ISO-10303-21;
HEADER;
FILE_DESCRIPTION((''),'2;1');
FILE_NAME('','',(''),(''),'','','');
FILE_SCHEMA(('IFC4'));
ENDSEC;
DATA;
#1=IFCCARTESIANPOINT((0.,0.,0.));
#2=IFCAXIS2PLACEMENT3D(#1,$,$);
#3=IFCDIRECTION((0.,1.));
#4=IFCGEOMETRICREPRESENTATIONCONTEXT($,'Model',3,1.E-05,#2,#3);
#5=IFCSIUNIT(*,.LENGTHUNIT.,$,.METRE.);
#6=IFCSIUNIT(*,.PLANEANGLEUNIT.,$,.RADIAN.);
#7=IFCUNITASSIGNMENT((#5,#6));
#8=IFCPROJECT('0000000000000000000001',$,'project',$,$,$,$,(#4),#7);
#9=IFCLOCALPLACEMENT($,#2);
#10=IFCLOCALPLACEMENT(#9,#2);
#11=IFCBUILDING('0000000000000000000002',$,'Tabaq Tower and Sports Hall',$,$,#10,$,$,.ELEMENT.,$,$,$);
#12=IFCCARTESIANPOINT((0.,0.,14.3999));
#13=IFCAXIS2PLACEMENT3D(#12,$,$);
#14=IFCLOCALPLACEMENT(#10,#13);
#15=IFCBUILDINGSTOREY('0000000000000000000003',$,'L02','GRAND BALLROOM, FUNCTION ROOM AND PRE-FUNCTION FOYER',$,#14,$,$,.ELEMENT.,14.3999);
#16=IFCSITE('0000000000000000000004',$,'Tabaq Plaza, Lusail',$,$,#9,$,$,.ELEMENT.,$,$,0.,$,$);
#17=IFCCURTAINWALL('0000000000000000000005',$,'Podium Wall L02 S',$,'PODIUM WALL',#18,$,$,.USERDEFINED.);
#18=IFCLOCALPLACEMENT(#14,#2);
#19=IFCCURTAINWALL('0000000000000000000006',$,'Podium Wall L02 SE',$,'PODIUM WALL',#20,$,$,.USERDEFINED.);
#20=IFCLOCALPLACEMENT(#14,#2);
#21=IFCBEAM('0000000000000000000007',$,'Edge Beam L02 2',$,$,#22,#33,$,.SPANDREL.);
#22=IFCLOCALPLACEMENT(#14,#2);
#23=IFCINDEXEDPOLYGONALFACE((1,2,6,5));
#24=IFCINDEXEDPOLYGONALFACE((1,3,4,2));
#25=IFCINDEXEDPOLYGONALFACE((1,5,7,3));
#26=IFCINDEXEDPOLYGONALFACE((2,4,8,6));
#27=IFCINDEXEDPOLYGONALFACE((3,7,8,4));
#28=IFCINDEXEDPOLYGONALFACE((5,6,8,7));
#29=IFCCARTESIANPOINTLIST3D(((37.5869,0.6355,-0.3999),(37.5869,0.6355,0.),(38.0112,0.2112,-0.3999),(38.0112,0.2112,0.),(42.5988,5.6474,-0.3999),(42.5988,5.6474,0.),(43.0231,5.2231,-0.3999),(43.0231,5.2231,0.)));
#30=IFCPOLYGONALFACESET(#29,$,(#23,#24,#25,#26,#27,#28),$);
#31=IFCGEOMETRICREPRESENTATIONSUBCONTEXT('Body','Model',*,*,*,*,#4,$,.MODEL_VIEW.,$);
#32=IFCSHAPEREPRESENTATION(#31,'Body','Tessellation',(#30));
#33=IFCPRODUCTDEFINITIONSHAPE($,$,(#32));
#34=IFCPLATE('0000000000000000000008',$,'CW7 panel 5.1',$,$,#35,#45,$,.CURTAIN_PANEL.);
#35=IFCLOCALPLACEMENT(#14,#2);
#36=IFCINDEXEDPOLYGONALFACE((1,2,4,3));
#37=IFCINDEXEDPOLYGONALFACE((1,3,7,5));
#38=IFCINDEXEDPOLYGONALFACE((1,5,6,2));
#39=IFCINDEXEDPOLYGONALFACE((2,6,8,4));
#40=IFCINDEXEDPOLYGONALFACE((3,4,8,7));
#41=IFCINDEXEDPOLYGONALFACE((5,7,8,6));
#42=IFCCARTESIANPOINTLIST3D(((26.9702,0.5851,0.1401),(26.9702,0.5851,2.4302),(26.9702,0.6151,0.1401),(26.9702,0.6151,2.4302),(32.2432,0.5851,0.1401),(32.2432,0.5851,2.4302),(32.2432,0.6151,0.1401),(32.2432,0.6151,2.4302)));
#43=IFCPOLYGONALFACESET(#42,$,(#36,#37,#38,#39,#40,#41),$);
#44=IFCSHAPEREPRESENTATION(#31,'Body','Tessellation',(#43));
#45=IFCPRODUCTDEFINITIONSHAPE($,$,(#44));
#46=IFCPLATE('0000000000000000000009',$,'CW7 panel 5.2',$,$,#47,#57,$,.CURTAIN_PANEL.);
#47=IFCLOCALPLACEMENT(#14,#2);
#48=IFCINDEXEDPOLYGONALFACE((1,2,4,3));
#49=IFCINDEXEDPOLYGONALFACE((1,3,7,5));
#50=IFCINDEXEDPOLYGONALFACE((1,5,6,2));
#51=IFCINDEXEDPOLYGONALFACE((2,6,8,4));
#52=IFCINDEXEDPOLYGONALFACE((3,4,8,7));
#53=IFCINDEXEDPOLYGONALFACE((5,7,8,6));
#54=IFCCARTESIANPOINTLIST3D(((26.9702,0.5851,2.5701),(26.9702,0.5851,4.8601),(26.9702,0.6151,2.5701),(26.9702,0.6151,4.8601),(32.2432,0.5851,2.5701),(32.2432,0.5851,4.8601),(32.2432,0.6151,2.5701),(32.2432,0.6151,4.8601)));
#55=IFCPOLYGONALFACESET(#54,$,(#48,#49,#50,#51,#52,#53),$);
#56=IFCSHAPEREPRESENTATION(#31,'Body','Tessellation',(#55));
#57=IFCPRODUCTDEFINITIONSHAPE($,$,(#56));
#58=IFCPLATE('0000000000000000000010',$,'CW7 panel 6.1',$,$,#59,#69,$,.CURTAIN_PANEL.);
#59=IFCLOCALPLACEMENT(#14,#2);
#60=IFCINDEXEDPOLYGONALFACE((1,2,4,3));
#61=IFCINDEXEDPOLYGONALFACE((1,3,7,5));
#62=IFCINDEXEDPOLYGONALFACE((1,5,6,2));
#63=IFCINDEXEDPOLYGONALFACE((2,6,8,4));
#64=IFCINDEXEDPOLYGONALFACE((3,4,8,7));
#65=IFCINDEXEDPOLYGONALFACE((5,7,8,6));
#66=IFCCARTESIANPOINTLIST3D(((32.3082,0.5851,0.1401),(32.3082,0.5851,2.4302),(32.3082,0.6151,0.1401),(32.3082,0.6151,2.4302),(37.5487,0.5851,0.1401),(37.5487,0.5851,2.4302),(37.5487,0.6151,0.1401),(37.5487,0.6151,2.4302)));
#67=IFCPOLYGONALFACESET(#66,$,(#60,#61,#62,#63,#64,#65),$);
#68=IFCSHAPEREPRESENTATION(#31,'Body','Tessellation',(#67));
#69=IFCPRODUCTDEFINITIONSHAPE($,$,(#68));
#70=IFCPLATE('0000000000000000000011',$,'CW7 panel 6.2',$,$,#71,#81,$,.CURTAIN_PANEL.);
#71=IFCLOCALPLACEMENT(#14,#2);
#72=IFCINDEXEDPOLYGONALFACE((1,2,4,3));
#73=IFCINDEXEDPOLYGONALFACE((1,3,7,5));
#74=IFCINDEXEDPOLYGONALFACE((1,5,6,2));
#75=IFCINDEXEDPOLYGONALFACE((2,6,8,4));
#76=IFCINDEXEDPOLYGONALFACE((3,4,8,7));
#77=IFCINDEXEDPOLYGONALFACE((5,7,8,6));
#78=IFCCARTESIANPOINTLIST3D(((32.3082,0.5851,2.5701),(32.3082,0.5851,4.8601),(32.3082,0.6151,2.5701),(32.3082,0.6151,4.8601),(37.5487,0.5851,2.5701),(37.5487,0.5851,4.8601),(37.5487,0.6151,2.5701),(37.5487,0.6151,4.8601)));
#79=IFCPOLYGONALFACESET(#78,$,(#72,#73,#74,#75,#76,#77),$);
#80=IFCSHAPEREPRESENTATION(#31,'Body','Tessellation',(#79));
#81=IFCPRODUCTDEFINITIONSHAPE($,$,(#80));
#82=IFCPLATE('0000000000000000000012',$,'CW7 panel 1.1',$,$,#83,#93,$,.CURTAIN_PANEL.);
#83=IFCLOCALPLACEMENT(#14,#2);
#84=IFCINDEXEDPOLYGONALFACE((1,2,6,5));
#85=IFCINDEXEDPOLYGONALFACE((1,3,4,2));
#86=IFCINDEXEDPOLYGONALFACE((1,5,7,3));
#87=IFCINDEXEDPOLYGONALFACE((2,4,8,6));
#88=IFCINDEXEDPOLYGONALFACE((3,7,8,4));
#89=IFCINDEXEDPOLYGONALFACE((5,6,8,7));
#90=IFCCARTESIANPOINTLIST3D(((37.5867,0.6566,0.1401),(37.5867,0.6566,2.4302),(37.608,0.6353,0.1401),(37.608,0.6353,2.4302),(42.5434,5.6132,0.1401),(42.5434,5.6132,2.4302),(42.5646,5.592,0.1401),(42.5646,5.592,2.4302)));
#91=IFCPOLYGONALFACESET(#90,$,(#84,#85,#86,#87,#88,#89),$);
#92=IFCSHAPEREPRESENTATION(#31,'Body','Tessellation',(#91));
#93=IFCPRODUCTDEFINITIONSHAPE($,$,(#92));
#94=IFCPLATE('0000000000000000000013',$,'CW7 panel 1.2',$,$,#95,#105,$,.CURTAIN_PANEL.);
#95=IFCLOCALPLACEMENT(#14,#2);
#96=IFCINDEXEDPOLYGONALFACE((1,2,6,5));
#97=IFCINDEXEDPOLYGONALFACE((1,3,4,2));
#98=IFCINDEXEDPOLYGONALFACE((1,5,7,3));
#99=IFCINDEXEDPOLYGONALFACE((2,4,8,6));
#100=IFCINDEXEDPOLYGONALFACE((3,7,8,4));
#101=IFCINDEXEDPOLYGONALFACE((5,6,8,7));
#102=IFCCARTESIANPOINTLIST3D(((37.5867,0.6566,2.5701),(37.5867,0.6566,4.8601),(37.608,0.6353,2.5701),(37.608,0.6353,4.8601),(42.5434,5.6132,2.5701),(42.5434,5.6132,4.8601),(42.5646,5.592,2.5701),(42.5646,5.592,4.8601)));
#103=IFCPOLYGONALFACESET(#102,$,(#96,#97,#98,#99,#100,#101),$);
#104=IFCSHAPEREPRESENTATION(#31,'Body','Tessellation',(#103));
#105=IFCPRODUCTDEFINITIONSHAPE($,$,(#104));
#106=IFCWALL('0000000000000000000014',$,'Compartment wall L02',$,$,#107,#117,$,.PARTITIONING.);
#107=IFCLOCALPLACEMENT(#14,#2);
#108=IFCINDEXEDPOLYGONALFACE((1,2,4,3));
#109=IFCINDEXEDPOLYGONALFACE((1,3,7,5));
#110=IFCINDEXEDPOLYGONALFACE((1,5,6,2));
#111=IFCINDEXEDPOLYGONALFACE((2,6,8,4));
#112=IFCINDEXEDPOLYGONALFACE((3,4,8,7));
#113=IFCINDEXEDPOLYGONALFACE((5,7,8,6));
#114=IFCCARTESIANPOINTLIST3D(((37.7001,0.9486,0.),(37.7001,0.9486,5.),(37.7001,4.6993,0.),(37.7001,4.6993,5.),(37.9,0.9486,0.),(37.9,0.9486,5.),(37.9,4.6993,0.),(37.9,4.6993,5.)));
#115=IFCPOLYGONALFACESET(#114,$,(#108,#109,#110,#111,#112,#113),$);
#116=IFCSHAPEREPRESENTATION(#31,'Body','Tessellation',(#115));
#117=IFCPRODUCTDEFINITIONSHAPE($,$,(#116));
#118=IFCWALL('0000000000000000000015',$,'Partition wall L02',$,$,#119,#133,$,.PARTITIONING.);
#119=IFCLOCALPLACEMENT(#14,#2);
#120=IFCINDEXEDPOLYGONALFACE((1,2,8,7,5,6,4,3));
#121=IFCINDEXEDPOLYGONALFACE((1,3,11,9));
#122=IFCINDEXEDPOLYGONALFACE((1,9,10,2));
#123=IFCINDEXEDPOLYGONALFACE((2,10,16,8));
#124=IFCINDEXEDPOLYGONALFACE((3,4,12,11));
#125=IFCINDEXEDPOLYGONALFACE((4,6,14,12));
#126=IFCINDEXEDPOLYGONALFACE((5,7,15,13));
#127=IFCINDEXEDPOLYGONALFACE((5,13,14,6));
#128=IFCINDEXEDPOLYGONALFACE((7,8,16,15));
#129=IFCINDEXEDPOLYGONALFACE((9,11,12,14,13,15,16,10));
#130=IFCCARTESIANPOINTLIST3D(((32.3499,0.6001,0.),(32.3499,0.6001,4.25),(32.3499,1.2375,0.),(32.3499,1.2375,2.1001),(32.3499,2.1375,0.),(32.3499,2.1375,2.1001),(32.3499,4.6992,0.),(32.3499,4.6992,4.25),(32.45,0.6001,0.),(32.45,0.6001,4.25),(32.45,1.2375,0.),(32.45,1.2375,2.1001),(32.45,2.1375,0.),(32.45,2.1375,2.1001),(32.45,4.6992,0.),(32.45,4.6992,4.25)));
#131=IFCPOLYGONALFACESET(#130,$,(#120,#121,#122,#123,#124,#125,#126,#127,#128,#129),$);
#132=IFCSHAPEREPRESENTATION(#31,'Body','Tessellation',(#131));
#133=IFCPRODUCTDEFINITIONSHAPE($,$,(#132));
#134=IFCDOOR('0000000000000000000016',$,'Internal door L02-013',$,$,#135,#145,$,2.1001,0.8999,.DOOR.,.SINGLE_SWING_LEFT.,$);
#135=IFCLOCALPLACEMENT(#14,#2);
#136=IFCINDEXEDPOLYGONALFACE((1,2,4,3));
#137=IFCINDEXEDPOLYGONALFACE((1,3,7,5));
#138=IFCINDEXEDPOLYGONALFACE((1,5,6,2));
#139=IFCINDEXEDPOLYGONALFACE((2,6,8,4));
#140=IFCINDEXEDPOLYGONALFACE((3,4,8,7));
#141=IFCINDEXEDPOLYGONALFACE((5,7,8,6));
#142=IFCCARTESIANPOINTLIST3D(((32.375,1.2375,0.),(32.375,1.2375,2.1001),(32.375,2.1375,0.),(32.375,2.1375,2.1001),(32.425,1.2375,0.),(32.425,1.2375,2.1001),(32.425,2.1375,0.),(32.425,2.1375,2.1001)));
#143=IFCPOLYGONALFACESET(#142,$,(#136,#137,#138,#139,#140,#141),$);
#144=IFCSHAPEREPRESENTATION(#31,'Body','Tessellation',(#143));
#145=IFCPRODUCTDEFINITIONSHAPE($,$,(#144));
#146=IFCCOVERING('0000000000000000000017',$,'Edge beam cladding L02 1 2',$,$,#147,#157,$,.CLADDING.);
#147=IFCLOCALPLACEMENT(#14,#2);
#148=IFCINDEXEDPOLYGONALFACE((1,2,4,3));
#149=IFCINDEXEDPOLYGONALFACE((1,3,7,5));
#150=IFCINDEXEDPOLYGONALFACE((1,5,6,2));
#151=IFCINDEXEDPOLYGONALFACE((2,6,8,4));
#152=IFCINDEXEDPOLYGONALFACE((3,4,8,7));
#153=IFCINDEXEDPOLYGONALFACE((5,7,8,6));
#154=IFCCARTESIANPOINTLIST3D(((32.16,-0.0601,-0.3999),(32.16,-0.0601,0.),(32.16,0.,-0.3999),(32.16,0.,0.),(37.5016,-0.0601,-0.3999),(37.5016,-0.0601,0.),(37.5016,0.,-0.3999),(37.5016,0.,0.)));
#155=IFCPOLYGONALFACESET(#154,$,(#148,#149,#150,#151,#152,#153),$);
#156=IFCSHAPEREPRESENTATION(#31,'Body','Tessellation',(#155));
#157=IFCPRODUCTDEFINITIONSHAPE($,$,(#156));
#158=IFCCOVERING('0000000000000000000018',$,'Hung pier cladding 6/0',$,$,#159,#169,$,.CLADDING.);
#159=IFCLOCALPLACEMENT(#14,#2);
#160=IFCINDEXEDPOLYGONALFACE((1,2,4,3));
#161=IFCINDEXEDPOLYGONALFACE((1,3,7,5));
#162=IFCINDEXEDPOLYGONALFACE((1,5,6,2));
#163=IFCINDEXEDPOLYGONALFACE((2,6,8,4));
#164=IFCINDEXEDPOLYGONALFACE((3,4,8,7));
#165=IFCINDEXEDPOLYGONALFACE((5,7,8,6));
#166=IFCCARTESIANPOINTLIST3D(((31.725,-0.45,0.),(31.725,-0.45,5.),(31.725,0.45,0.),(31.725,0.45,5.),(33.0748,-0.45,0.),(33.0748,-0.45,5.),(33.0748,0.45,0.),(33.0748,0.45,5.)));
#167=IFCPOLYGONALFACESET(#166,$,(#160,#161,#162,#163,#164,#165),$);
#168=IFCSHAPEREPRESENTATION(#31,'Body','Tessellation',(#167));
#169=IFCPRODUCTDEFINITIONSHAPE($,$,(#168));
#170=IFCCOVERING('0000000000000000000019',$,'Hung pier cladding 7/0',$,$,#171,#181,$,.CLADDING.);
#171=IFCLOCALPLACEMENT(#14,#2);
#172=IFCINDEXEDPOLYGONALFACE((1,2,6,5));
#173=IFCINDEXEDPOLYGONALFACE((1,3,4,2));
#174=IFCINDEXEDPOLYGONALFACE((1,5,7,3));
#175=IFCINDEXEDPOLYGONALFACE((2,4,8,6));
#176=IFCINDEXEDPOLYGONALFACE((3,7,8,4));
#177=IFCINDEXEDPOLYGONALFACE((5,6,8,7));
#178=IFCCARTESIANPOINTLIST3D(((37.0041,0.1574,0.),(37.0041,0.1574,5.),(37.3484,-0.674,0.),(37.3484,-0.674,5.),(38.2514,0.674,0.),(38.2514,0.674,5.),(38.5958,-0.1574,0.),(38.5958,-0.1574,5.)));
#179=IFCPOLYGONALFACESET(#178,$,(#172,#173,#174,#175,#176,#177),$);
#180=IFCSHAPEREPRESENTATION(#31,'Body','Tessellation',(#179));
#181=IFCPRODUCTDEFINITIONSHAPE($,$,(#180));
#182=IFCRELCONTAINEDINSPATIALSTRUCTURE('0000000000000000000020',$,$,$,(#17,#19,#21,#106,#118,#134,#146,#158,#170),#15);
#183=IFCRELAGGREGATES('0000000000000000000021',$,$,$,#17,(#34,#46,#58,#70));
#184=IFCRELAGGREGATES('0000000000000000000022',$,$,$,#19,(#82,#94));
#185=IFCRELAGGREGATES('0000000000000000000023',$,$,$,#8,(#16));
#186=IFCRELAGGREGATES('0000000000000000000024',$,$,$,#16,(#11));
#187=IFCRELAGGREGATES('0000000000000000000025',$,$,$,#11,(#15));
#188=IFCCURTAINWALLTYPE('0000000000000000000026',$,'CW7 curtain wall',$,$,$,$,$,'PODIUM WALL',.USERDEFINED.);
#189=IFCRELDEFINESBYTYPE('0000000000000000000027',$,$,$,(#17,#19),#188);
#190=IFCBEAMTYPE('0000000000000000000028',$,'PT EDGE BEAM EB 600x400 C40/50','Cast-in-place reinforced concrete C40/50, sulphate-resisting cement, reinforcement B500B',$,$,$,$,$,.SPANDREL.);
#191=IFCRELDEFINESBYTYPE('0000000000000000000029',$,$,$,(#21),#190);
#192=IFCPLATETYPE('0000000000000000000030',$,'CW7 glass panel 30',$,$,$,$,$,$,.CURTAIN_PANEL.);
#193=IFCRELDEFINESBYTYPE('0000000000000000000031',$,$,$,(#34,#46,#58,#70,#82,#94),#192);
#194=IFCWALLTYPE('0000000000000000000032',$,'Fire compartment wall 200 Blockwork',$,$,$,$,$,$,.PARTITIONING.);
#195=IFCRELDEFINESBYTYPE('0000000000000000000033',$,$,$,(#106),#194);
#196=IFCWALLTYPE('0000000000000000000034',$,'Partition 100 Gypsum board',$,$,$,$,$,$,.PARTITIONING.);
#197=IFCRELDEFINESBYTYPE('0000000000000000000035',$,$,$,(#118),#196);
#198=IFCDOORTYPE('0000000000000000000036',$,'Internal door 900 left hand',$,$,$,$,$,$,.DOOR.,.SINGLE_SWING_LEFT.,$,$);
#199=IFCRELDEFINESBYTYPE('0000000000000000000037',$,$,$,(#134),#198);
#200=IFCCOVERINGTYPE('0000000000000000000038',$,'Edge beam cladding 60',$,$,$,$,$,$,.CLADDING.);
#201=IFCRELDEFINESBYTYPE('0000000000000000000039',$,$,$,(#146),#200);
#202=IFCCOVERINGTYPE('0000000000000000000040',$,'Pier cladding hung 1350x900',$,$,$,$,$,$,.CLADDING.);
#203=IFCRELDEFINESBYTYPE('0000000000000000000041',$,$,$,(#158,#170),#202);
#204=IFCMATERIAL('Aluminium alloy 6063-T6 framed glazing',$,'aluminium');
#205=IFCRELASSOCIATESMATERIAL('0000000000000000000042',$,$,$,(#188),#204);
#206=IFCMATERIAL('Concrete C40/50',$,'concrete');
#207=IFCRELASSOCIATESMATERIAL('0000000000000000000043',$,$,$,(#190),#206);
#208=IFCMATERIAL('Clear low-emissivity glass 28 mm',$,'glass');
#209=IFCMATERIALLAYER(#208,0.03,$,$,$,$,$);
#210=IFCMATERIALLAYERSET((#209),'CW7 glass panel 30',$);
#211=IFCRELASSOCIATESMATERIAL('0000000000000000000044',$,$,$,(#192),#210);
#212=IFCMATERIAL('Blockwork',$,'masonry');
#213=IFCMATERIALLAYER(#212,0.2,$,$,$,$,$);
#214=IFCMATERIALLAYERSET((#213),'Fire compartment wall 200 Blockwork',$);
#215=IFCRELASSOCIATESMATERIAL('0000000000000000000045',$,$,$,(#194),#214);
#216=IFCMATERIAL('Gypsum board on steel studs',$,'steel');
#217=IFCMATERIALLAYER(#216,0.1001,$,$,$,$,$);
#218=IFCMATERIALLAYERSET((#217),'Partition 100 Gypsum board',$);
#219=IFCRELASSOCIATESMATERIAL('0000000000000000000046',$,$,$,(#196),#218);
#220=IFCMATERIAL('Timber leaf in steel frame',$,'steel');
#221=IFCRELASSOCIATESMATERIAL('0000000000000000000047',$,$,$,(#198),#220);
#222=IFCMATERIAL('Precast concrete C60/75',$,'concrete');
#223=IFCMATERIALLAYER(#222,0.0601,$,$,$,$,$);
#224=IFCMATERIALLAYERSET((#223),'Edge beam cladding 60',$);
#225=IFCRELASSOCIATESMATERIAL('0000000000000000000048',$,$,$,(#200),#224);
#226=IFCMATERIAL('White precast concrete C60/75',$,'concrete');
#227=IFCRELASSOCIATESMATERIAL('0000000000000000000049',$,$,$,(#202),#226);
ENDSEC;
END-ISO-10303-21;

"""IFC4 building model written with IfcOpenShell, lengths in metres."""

from ifc_helpers import new_model, si_unit, direction, frame, frame_2d, origin, origin_2d, place, context, subcontext, project, spatial, rectangle, extrude, material, layer, layer_set, material_profile, profile_set, type_object, element, fill, aggregate, save


model = new_model("IFC4")

# Units and contexts
model_context = context("Model", 3, precision=1e-05, world=origin(), true_north=direction((0.0, 1.0)))
body_context = subcontext(model_context, "Body", "Model", "MODEL_VIEW")
ifc_project = project(units=[si_unit("LENGTHUNIT", "METRE"), si_unit("PLANEANGLEUNIT", "RADIAN")], contexts=[model_context])

# Site, building, storey
site_placement = place(None, origin())
site = spatial("IfcSite", under=ifc_project, at=site_placement, Name="Tabaq Plaza, Lusail", CompositionType="ELEMENT", RefElevation=0.0)
building_placement = place(site_placement, origin())
building = spatial("IfcBuilding", under=site, at=building_placement, Name="Tabaq Tower and Sports Hall", CompositionType="ELEMENT")
storey_placement = place(building_placement, frame((0.0, 0.0, 14.3999)))
storey = spatial("IfcBuildingStorey", under=building, at=storey_placement, Name="L02", Description="GRAND BALLROOM, FUNCTION ROOM AND PRE-FUNCTION FOYER", CompositionType="ELEMENT", Elevation=14.3999)

# Curtain wall
ifc_material_1 = material(Name="Aluminium alloy 6063-T6 framed glazing", Category="aluminium")
curtain_wall_type = type_object("IfcCurtainWallType", Name="CW7 curtain wall", ElementType="PODIUM WALL", PredefinedType="USERDEFINED", material=ifc_material_1)
curtain_wall_1_placement = place(storey_placement, origin())
curtain_wall_1 = element("IfcCurtainWall", 1, at=curtain_wall_1_placement, inside=storey, type_object=curtain_wall_type, Name="Podium Wall L02 S", ObjectType="PODIUM WALL", PredefinedType="USERDEFINED")

# Curtain wall
curtain_wall_2_placement = place(storey_placement, origin())
curtain_wall_2 = element("IfcCurtainWall", 2, at=curtain_wall_2_placement, inside=storey, type_object=curtain_wall_type, Name="Podium Wall L02 SE", ObjectType="PODIUM WALL", PredefinedType="USERDEFINED")

# Beam
ifc_material_2 = material(Name="Concrete C40/50", Category="concrete")
ifc_material_profile_1 = material_profile(ifc_material_2, rectangle(XDim=0.6001, YDim=0.3999, at=origin_2d()), Name="EB 600x400")
ifc_profile_set_1 = profile_set([ifc_material_profile_1], Name="Concrete C40/50")
beam_type_1 = type_object("IfcBeamType", Name="PT EDGE BEAM EB 600x400 C40/50", Description="Cast-in-place reinforced concrete C40/50, sulphate-resisting cement, reinforcement B500B", PredefinedType="SPANDREL", material=ifc_profile_set_1)
beam_1_placement = place(storey_placement, frame((37.7991, 0.4233, -0.2), z_axis=(0.707107, 0.707107, 0.0), x_axis=(-0.707107, 0.707107, 0.0)))
element("IfcBeam", 3, at=beam_1_placement, inside=storey, type_object=beam_type_1, Name="Edge Beam L02 2", PredefinedType="SPANDREL", context=body_context, shape_type="SweptSolid", body=[
    extrude(rectangle(XDim=0.6001, YDim=0.3999, at=origin_2d()), origin(), (0.0, 0.0, 1.0), 7.0879),
])

# Plates
ifc_material_3 = material(Name="Clear low-emissivity glass 28 mm", Category="glass")
ifc_layer_1 = layer(ifc_material_3, 0.03)
ifc_layer_set_1 = layer_set([ifc_layer_1], Name="CW7 glass panel 30")
plate_type = type_object("IfcPlateType", Name="CW7 glass panel 30", PredefinedType="CURTAIN_PANEL", material=ifc_layer_set_1)
plate_1_placement = place(storey_placement, frame((29.6067, 0.6001, 0.1401), z_axis=(0.0, 0.0, 1.0), x_axis=(1.0, 0.0, 0.0)))
plate_1 = element("IfcPlate", 4, at=plate_1_placement, type_object=plate_type, Name="CW7 panel 5.1", PredefinedType="CURTAIN_PANEL", context=body_context, shape_type="SweptSolid", body=[
    extrude(rectangle(XDim=5.2729, YDim=0.03, at=origin_2d()), origin(), (0.0, 0.0, 1.0), 2.29),
])
plate_2_placement = place(storey_placement, frame((29.6067, 0.6001, 2.5701), z_axis=(0.0, 0.0, 1.0), x_axis=(1.0, 0.0, 0.0)))
plate_2 = element("IfcPlate", 5, at=plate_2_placement, type_object=plate_type, Name="CW7 panel 5.2", PredefinedType="CURTAIN_PANEL", context=body_context, shape_type="SweptSolid", body=[
    extrude(rectangle(XDim=5.2729, YDim=0.03, at=origin_2d()), origin(), (0.0, 0.0, 1.0), 2.29),
])
plate_3_placement = place(storey_placement, frame((34.9285, 0.6001, 0.1401), z_axis=(0.0, 0.0, 1.0), x_axis=(1.0, 0.0, 0.0)))
plate_3 = element("IfcPlate", 6, at=plate_3_placement, type_object=plate_type, Name="CW7 panel 6.1", PredefinedType="CURTAIN_PANEL", context=body_context, shape_type="SweptSolid", body=[
    extrude(rectangle(XDim=5.2405, YDim=0.03, at=origin_2d()), origin(), (0.0, 0.0, 1.0), 2.29),
])
plate_4_placement = place(storey_placement, frame((34.9285, 0.6001, 2.5701), z_axis=(0.0, 0.0, 1.0), x_axis=(1.0, 0.0, 0.0)))
plate_4 = element("IfcPlate", 7, at=plate_4_placement, type_object=plate_type, Name="CW7 panel 6.2", PredefinedType="CURTAIN_PANEL", context=body_context, shape_type="SweptSolid", body=[
    extrude(rectangle(XDim=5.2405, YDim=0.03, at=origin_2d()), origin(), (0.0, 0.0, 1.0), 2.29),
])
aggregate(curtain_wall_1, [plate_1, plate_2, plate_3, plate_4])
plate_5_placement = place(storey_placement, frame((40.0757, 3.1243, 0.1401), z_axis=(0.0, 0.0, 1.0), x_axis=(0.707107, 0.707107, 0.0)))
plate_5 = element("IfcPlate", 8, at=plate_5_placement, type_object=plate_type, Name="CW7 panel 1.1", PredefinedType="CURTAIN_PANEL", context=body_context, shape_type="SweptSolid", body=[
    extrude(rectangle(XDim=7.0098, YDim=0.03, at=origin_2d()), origin(), (0.0, 0.0, 1.0), 2.29),
])
plate_6_placement = place(storey_placement, frame((40.0757, 3.1243, 2.5701), z_axis=(0.0, 0.0, 1.0), x_axis=(0.707107, 0.707107, 0.0)))
plate_6 = element("IfcPlate", 9, at=plate_6_placement, type_object=plate_type, Name="CW7 panel 1.2", PredefinedType="CURTAIN_PANEL", context=body_context, shape_type="SweptSolid", body=[
    extrude(rectangle(XDim=7.0098, YDim=0.03, at=origin_2d()), origin(), (0.0, 0.0, 1.0), 2.29),
])
aggregate(curtain_wall_2, [plate_5, plate_6])

# Wall
ifc_material_4 = material(Name="Blockwork", Category="masonry")
ifc_layer_2 = layer(ifc_material_4, 0.2)
ifc_layer_set_2 = layer_set([ifc_layer_2], Name="Fire compartment wall 200 Blockwork")
wall_type_1 = type_object("IfcWallType", Name="Fire compartment wall 200 Blockwork", PredefinedType="PARTITIONING", material=ifc_layer_set_2)
wall_1_placement = place(storey_placement, frame((37.8, 0.9485, 0.0), z_axis=(0.0, 0.0, 1.0), x_axis=(0.0, 1.0, 0.0)))
element("IfcWall", 10, at=wall_1_placement, inside=storey, type_object=wall_type_1, Name="Compartment wall L02", PredefinedType="PARTITIONING", context=body_context, shape_type="SweptSolid", body=[
    extrude(rectangle(XDim=3.7507, YDim=0.2, at=frame_2d((1.8755, 0.0))), origin(), (0.0, 0.0, 1.0), 5.0),
])

# Wall, opening, door
ifc_material_5 = material(Name="Gypsum board on steel studs", Category="steel")
ifc_layer_3 = layer(ifc_material_5, 0.1001)
ifc_layer_set_3 = layer_set([ifc_layer_3], Name="Partition 100 Gypsum board")
wall_type_2 = type_object("IfcWallType", Name="Partition 100 Gypsum board", PredefinedType="PARTITIONING", material=ifc_layer_set_3)
wall_2_placement = place(storey_placement, frame((32.3999, 0.6001, 0.0), z_axis=(0.0, 0.0, 1.0), x_axis=(0.0, 1.0, 0.0)))
wall_2 = element("IfcWall", 11, at=wall_2_placement, inside=storey, type_object=wall_type_2, Name="Partition wall L02", PredefinedType="PARTITIONING", context=body_context, shape_type="SweptSolid", body=[
    extrude(rectangle(XDim=4.0991, YDim=0.1001, at=frame_2d((2.0496, 0.0))), origin(), (0.0, 0.0, 1.0), 4.25),
])
opening_placement = place(wall_2_placement, frame((0.6375, 0.0, 0.0)))
opening = element("IfcOpeningElement", 12, at=opening_placement, cuts=wall_2, PredefinedType="OPENING", context=body_context, shape_type="SweptSolid", body=[
    extrude(rectangle(XDim=0.8999, YDim=2.1001, at=frame_2d((0.45, 1.05))), frame((0.0, 0.05, 0.0), z_axis=(0.0, -1.0, 0.0), x_axis=(1.0, 0.0, 0.0)), (0.0, 0.0, 1.0), 0.1001),
])
ifc_material_6 = material(Name="Timber leaf in steel frame", Category="steel")
door_type = type_object("IfcDoorType", Name="Internal door 900 left hand", OperationType="SINGLE_SWING_LEFT", PredefinedType="DOOR", material=ifc_material_6)
door_placement = place(opening_placement, origin())
door = element("IfcDoor", 13, at=door_placement, inside=storey, type_object=door_type, Name="Internal door L02-013", OperationType="SINGLE_SWING_LEFT", OverallHeight=2.1001, OverallWidth=0.8999, PredefinedType="DOOR", context=body_context, shape_type="SweptSolid", body=[
    extrude(rectangle(XDim=0.8999, YDim=2.1001, at=frame_2d((0.45, 1.05))), frame((0.0, 0.0249, 0.0), z_axis=(0.0, -1.0, 0.0), x_axis=(1.0, 0.0, 0.0)), (0.0, 0.0, 1.0), 0.05),
])
fill(opening, door)

# Coverings
ifc_material_7 = material(Name="Precast concrete C60/75", Category="concrete")
ifc_layer_4 = layer(ifc_material_7, 0.0601)
ifc_layer_set_4 = layer_set([ifc_layer_4], Name="Edge beam cladding 60")
covering_type_1 = type_object("IfcCoveringType", Name="Edge beam cladding 60", PredefinedType="CLADDING", material=ifc_layer_set_4)
covering_1_placement = place(storey_placement, frame((32.1599, -0.03, -0.3999), z_axis=(0.0, 0.0, 1.0), x_axis=(1.0, 0.0, 0.0)))
element("IfcCovering", 14, at=covering_1_placement, inside=storey, type_object=covering_type_1, Name="Edge beam cladding L02 1 2", PredefinedType="CLADDING", context=body_context, shape_type="SweptSolid", body=[
    extrude(rectangle(XDim=5.3416, YDim=0.0601, at=frame_2d((2.6709, 0.0))), origin(), (0.0, 0.0, 1.0), 0.3999),
])
ifc_material_8 = material(Name="White precast concrete C60/75", Category="concrete")
covering_type_2 = type_object("IfcCoveringType", Name="Pier cladding hung 1350x900", PredefinedType="CLADDING", material=ifc_material_8)
covering_2_placement = place(storey_placement, frame((31.7251, 0.0, 0.0), z_axis=(0.0, 0.0, 1.0), x_axis=(1.0, 0.0, 0.0)))
element("IfcCovering", 15, at=covering_2_placement, inside=storey, type_object=covering_type_2, Name="Hung pier cladding 6/0", PredefinedType="CLADDING", context=body_context, shape_type="SweptSolid", body=[
    extrude(rectangle(XDim=1.3499, YDim=0.8999, at=frame_2d((0.6748, 0.0))), origin(), (0.0, 0.0, 1.0), 5.0),
])
covering_3_placement = place(storey_placement, frame((37.1763, -0.2583, 0.0), z_axis=(0.0, 0.0, 1.0), x_axis=(0.923893, 0.38265, 0.0)))
element("IfcCovering", 16, at=covering_3_placement, inside=storey, type_object=covering_type_2, Name="Hung pier cladding 7/0", PredefinedType="CLADDING", context=body_context, shape_type="SweptSolid", body=[
    extrude(rectangle(XDim=1.3501, YDim=0.8999, at=frame_2d((0.675, 0.0))), origin(), (0.0, 0.0, 1.0), 5.0),
])

save(model, "model.ifc")
